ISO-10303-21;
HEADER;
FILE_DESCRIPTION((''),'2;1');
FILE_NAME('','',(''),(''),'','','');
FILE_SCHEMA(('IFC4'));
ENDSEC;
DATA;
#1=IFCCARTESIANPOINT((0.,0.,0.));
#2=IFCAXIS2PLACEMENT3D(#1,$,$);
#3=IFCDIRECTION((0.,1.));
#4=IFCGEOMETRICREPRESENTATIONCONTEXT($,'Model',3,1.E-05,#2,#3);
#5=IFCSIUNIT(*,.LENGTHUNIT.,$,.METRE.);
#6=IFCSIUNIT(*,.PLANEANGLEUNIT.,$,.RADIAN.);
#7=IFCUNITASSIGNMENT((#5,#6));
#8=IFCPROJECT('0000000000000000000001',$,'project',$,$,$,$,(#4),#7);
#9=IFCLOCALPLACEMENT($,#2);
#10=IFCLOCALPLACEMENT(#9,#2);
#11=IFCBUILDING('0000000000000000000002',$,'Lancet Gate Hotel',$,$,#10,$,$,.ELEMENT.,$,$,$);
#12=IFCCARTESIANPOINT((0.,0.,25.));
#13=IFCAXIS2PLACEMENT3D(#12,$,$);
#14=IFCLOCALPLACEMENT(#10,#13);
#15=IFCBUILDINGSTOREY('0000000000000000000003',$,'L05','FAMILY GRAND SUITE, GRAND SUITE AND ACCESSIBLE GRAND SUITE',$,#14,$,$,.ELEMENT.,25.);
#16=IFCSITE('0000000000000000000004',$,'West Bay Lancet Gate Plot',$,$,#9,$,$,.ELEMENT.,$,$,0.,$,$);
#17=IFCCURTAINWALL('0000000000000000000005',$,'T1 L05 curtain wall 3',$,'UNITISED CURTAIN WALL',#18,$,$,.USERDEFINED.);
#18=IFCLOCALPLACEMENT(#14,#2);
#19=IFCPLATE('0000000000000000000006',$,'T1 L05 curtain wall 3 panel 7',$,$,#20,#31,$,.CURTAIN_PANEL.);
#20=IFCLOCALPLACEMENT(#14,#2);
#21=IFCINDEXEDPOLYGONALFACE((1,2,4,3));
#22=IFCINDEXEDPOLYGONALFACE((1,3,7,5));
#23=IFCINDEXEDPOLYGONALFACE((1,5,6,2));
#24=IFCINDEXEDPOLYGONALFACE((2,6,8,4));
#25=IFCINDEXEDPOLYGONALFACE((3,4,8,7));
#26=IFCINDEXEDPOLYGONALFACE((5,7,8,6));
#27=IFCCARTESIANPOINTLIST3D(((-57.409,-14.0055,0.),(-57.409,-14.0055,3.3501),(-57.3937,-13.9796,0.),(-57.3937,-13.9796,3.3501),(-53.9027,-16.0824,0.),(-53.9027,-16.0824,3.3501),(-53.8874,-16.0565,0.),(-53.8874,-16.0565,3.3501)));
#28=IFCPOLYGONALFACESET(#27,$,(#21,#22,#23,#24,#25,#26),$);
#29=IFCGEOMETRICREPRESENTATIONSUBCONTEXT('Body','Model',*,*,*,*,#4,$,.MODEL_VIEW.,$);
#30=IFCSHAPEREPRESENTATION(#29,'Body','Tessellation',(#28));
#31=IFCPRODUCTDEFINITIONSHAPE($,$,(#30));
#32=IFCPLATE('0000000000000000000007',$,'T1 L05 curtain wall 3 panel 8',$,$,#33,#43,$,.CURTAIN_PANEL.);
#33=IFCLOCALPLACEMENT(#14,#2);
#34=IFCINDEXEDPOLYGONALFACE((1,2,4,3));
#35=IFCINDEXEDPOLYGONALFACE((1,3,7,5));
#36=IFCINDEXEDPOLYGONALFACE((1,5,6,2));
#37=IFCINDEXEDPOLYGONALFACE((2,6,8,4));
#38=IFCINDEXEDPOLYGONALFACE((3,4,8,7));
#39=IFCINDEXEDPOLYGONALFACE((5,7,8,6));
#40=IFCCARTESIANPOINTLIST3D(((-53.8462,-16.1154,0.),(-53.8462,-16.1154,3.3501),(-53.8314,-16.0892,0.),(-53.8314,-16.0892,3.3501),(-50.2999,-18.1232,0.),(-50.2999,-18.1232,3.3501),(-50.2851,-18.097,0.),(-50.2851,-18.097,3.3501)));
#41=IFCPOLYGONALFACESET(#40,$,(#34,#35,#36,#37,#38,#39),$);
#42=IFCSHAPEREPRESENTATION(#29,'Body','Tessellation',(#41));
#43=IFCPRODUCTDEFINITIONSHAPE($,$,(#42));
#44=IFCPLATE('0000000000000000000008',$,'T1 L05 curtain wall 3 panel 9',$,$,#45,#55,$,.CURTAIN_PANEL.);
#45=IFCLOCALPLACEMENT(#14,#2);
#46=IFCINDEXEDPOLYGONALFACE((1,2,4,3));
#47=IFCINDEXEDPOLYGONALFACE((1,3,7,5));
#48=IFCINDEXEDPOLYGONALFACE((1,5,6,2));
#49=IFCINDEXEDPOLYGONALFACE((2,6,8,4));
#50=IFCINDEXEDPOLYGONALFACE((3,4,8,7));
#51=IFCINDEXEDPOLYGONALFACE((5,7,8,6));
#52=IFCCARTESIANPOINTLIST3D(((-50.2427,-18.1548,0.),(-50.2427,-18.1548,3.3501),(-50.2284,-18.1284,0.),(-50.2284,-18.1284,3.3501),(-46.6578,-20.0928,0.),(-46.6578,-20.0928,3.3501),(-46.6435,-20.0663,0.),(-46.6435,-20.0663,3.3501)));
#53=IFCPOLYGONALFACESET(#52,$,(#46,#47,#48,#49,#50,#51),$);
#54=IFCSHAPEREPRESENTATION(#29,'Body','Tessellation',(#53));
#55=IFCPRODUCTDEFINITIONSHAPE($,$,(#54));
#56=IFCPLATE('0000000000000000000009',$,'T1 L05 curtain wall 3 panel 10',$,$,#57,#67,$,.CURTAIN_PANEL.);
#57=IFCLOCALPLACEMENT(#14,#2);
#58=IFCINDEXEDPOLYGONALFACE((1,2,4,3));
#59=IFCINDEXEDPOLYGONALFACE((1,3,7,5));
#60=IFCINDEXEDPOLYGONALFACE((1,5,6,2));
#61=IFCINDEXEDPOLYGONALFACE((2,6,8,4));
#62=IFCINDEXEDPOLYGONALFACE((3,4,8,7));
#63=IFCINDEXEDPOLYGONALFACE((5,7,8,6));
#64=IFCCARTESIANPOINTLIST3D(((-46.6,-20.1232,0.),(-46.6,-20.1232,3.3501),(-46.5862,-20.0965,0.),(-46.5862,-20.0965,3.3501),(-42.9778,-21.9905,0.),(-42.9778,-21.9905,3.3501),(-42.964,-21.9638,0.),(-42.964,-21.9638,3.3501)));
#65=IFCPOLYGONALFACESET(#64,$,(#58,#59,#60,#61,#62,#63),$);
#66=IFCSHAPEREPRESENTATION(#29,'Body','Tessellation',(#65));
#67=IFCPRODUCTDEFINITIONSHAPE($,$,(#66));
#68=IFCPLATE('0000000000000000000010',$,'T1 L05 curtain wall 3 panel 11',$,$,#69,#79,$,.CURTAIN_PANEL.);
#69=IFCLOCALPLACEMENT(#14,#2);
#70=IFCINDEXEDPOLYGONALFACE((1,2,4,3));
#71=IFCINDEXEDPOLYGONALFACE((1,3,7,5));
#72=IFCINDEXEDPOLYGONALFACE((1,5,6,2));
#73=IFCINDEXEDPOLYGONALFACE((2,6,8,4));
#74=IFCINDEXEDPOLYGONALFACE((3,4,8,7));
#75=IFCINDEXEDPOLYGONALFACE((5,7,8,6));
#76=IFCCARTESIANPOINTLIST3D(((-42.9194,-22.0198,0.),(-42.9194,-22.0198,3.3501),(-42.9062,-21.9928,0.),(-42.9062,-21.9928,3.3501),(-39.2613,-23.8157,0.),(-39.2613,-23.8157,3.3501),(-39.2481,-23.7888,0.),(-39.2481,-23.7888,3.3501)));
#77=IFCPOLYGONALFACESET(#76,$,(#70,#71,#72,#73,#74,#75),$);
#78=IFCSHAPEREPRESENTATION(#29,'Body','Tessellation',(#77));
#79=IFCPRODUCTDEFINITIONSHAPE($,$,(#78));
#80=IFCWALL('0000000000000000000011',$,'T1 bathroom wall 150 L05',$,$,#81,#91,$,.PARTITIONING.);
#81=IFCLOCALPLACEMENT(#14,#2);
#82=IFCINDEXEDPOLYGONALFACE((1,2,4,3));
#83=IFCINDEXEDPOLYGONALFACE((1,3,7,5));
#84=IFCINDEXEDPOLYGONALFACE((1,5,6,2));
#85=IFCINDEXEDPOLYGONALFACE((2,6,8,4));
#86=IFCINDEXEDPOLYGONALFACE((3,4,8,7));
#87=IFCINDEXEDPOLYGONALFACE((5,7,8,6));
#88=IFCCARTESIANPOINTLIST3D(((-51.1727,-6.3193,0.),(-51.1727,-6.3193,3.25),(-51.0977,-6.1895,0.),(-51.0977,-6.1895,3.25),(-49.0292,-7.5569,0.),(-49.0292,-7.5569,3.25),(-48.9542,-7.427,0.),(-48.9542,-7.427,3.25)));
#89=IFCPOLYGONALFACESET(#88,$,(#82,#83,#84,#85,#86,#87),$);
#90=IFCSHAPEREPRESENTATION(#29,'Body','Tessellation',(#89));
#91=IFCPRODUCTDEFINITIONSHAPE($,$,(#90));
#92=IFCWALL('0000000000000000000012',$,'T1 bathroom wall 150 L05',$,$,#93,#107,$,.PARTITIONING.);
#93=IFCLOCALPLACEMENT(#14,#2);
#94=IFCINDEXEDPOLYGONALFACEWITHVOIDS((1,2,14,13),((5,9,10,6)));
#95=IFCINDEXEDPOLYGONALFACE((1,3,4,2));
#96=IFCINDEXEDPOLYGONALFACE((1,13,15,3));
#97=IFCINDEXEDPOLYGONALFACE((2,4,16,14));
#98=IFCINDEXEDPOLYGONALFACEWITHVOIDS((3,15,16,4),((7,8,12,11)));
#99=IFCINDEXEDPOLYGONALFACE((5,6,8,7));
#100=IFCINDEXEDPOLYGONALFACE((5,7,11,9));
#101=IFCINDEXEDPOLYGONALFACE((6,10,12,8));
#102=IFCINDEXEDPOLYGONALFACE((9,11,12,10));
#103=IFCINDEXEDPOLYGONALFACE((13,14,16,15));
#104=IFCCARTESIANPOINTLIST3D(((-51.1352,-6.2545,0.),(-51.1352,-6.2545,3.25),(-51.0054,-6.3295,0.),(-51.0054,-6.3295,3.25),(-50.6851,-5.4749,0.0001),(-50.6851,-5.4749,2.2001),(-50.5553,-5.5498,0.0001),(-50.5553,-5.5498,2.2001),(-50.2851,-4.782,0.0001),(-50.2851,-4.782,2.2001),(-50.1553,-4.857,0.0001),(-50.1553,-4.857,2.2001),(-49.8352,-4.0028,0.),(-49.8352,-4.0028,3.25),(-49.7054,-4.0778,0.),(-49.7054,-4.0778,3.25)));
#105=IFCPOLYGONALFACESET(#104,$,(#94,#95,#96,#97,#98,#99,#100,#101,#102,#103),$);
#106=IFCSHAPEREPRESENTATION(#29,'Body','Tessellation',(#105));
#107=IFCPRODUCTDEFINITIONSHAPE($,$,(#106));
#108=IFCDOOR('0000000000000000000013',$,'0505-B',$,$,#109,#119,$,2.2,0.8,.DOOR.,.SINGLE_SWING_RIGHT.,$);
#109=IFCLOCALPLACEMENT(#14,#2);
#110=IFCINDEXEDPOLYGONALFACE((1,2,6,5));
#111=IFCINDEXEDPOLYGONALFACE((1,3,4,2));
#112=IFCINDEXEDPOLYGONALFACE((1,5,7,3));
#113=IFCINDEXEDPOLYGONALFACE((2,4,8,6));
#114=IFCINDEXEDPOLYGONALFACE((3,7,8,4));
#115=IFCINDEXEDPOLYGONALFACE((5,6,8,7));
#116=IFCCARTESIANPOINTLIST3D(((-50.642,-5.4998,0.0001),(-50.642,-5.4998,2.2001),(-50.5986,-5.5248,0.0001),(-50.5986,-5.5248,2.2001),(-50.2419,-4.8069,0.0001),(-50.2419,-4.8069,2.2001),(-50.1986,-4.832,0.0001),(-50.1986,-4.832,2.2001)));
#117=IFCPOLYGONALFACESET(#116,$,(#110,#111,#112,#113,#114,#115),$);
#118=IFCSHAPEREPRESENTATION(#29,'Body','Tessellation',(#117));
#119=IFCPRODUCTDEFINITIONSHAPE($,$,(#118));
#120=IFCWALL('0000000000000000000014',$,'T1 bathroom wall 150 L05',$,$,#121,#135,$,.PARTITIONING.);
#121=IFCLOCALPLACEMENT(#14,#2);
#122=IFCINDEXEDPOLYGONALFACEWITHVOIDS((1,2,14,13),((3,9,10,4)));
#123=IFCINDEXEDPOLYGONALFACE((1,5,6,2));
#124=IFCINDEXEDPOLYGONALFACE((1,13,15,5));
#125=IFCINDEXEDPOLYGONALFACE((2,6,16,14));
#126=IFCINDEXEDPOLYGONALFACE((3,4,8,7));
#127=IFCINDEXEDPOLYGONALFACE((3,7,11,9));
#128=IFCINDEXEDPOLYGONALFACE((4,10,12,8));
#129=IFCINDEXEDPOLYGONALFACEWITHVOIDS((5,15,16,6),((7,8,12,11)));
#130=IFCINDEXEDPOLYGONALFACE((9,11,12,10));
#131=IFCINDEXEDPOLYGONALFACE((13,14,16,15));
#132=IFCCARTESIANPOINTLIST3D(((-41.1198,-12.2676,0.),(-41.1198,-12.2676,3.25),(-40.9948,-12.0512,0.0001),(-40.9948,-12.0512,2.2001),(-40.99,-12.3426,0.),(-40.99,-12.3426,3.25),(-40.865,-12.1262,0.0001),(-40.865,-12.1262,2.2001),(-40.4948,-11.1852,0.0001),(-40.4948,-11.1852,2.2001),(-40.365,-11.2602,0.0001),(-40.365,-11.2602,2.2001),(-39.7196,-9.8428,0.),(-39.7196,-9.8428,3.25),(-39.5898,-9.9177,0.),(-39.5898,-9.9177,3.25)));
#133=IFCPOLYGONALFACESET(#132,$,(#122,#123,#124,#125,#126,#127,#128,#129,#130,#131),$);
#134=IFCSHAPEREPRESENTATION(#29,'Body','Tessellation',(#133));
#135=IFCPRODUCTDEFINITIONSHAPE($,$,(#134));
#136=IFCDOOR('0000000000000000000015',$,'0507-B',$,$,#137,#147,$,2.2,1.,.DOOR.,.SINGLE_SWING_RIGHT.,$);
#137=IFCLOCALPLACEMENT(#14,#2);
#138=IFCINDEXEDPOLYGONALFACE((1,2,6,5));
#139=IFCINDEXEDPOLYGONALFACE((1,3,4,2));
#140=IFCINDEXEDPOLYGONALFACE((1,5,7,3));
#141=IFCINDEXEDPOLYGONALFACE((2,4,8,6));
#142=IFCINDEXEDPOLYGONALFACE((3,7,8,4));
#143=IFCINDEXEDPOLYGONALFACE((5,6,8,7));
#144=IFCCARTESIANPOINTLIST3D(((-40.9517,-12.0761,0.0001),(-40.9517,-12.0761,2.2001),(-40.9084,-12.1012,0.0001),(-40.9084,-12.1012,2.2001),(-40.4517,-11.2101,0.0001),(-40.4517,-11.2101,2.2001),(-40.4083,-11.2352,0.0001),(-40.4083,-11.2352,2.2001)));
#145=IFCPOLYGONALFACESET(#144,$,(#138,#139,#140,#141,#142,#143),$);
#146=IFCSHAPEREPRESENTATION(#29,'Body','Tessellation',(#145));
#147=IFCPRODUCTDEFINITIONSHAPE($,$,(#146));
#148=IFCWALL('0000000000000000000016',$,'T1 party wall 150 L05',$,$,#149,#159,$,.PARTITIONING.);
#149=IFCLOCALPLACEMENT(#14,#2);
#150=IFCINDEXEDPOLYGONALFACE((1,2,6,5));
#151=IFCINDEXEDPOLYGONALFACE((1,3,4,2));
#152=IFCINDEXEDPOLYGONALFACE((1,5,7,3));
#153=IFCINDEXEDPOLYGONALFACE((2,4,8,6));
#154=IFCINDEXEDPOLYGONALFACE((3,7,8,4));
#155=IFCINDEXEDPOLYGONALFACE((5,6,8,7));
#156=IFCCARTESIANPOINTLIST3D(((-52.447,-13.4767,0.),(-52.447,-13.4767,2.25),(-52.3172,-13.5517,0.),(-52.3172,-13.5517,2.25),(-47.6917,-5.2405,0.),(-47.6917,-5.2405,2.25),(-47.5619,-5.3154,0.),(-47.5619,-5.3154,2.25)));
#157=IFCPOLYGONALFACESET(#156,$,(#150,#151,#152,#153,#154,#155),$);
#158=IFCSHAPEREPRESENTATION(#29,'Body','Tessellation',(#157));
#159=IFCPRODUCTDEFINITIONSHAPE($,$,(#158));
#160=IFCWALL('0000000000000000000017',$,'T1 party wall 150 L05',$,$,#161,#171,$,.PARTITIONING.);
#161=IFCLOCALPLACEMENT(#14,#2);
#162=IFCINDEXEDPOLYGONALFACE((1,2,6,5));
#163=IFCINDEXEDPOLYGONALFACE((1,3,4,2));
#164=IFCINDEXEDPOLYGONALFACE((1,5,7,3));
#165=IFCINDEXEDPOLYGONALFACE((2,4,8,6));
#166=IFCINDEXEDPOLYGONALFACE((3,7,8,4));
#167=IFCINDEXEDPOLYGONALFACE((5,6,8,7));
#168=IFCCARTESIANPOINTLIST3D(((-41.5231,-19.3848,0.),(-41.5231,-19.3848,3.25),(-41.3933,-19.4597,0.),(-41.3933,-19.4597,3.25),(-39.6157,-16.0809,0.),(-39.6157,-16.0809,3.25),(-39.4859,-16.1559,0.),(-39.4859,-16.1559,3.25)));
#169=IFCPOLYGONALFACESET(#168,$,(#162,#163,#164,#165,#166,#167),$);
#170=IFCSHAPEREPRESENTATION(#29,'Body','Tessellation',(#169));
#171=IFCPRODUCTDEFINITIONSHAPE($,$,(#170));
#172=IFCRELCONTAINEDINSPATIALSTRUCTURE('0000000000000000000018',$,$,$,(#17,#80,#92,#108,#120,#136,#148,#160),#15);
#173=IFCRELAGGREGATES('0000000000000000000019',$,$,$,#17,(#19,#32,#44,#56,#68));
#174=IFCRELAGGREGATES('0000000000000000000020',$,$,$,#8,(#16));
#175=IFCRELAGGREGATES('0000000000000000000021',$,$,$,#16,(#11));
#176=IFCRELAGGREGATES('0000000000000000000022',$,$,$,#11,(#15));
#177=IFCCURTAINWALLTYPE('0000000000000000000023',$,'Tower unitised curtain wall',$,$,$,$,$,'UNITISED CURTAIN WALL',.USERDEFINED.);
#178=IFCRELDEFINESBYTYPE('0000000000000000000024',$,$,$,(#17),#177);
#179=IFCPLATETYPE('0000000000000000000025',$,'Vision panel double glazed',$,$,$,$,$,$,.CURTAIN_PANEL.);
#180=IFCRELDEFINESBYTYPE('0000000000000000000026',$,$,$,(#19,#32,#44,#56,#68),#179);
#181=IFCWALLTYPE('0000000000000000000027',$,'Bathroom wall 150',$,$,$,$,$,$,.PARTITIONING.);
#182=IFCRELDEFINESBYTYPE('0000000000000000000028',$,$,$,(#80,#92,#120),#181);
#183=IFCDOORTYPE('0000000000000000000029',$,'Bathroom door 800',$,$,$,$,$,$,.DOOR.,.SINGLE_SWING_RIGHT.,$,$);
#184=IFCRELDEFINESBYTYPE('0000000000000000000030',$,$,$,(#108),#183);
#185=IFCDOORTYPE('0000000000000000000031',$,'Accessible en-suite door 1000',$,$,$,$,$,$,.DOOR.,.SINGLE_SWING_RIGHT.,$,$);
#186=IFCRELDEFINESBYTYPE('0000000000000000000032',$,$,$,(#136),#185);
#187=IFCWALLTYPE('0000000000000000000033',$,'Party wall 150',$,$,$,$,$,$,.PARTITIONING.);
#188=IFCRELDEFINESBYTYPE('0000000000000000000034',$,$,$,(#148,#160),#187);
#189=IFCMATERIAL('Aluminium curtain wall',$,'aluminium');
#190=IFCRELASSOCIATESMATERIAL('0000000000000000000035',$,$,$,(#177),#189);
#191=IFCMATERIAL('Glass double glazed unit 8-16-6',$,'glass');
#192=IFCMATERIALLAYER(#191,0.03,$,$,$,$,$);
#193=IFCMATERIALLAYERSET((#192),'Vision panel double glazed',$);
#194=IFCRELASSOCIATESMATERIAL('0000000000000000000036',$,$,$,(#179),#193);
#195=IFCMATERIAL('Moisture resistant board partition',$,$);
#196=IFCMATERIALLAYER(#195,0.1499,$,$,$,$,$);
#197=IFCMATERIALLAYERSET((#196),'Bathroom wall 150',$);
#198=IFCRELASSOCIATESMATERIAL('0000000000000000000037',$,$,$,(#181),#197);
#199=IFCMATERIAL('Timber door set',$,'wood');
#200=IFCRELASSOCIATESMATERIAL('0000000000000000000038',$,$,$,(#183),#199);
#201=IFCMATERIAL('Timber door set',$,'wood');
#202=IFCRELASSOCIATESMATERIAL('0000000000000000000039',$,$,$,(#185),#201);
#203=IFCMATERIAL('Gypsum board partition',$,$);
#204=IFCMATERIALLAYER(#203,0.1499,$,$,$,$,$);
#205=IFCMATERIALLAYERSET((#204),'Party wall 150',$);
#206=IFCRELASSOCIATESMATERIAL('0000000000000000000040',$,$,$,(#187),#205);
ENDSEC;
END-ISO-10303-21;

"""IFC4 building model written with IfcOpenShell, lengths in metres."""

from ifc_helpers import new_model, si_unit, direction, frame, frame_2d, origin, origin_2d, place, context, subcontext, project, spatial, rectangle, extrude, material, layer, layer_set, type_object, element, fill, aggregate, save


model = new_model("IFC4")

# Units and contexts
model_context = context("Model", 3, precision=1e-05, world=origin(), true_north=direction((0.0, 1.0)))
body_context = subcontext(model_context, "Body", "Model", "MODEL_VIEW")
ifc_project = project(units=[si_unit("LENGTHUNIT", "METRE"), si_unit("PLANEANGLEUNIT", "RADIAN")], contexts=[model_context])

# Site, building, storey
site_placement = place(None, origin())
site = spatial("IfcSite", under=ifc_project, at=site_placement, Name="West Bay Lancet Gate Plot", CompositionType="ELEMENT", RefElevation=0.0)
building_placement = place(site_placement, origin())
building = spatial("IfcBuilding", under=site, at=building_placement, Name="Lancet Gate Hotel", CompositionType="ELEMENT")
storey_placement = place(building_placement, frame((0.0, 0.0, 25.0)))
storey = spatial("IfcBuildingStorey", under=building, at=storey_placement, Name="L05", Description="FAMILY GRAND SUITE, GRAND SUITE AND ACCESSIBLE GRAND SUITE", CompositionType="ELEMENT", Elevation=25.0)

# Curtain wall
ifc_material_1 = material(Name="Aluminium curtain wall", Category="aluminium")
curtain_wall_type = type_object("IfcCurtainWallType", Name="Tower unitised curtain wall", ElementType="UNITISED CURTAIN WALL", PredefinedType="USERDEFINED", material=ifc_material_1)
curtain_wall_placement = place(storey_placement, origin())
curtain_wall = element("IfcCurtainWall", 1, at=curtain_wall_placement, inside=storey, type_object=curtain_wall_type, Name="T1 L05 curtain wall 3", ObjectType="UNITISED CURTAIN WALL", PredefinedType="USERDEFINED")

# Plates
ifc_material_2 = material(Name="Glass double glazed unit 8-16-6", Category="glass")
ifc_layer_1 = layer(ifc_material_2, 0.03)
ifc_layer_set_1 = layer_set([ifc_layer_1], Name="Vision panel double glazed")
plate_type = type_object("IfcPlateType", Name="Vision panel double glazed", PredefinedType="CURTAIN_PANEL", material=ifc_layer_set_1)
plate_1_placement = place(storey_placement, frame((-55.6482, -15.031, 0.0), z_axis=(0.0, 0.0, 1.0), x_axis=(0.860382, -0.50965, 0.0)))
plate_1 = element("IfcPlate", 2, at=plate_1_placement, type_object=plate_type, Name="T1 L05 curtain wall 3 panel 7", PredefinedType="CURTAIN_PANEL", context=body_context, shape_type="SweptSolid", body=[
    extrude(rectangle(XDim=4.0752, YDim=0.03, at=origin_2d()), origin(), (0.0, 0.0, 1.0), 3.3501),
])
plate_2_placement = place(storey_placement, frame((-52.0657, -17.1062, 0.0), z_axis=(0.0, 0.0, 1.0), x_axis=(0.870205, -0.49269, 0.0)))
plate_2 = element("IfcPlate", 3, at=plate_2_placement, type_object=plate_type, Name="T1 L05 curtain wall 3 panel 8", PredefinedType="CURTAIN_PANEL", context=body_context, shape_type="SweptSolid", body=[
    extrude(rectangle(XDim=4.0752, YDim=0.03, at=origin_2d()), origin(), (0.0, 0.0, 1.0), 3.3501),
])
plate_3_placement = place(storey_placement, frame((-48.4431, -19.1106, 0.0), z_axis=(0.0, 0.0, 1.0), x_axis=(0.879693, -0.475541, 0.0)))
plate_3 = element("IfcPlate", 4, at=plate_3_placement, type_object=plate_type, Name="T1 L05 curtain wall 3 panel 9", PredefinedType="CURTAIN_PANEL", context=body_context, shape_type="SweptSolid", body=[
    extrude(rectangle(XDim=4.0752, YDim=0.03, at=origin_2d()), origin(), (0.0, 0.0, 1.0), 3.3501),
])
plate_4_placement = place(storey_placement, frame((-44.782, -21.0435, 0.0), z_axis=(0.0, 0.0, 1.0), x_axis=(0.888844, -0.45821, 0.0)))
plate_4 = element("IfcPlate", 5, at=plate_4_placement, type_object=plate_type, Name="T1 L05 curtain wall 3 panel 10", PredefinedType="CURTAIN_PANEL", context=body_context, shape_type="SweptSolid", body=[
    extrude(rectangle(XDim=4.0752, YDim=0.03, at=origin_2d()), origin(), (0.0, 0.0, 1.0), 3.3501),
])
plate_5_placement = place(storey_placement, frame((-41.0837, -22.9043, 0.0), z_axis=(0.0, 0.0, 1.0), x_axis=(0.897653, -0.440702, 0.0)))
plate_5 = element("IfcPlate", 6, at=plate_5_placement, type_object=plate_type, Name="T1 L05 curtain wall 3 panel 11", PredefinedType="CURTAIN_PANEL", context=body_context, shape_type="SweptSolid", body=[
    extrude(rectangle(XDim=4.0752, YDim=0.03, at=origin_2d()), origin(), (0.0, 0.0, 1.0), 3.3501),
])
aggregate(curtain_wall, [plate_1, plate_2, plate_3, plate_4, plate_5])

# Wall
ifc_material_3 = material(Name="Moisture resistant board partition")
ifc_layer_2 = layer(ifc_material_3, 0.1499)
ifc_layer_set_2 = layer_set([ifc_layer_2], Name="Bathroom wall 150")
wall_type_1 = type_object("IfcWallType", Name="Bathroom wall 150", PredefinedType="PARTITIONING", material=ifc_layer_set_2)
wall_1_placement = place(storey_placement, frame((-48.9917, -7.4919, 0.0), z_axis=(0.0, 0.0, 1.0), x_axis=(-0.866031, 0.49999, 0.0)))
element("IfcWall", 7, at=wall_1_placement, inside=storey, type_object=wall_type_1, Name="T1 bathroom wall 150 L05", PredefinedType="PARTITIONING", context=body_context, shape_type="SweptSolid", body=[
    extrude(rectangle(XDim=2.4751, YDim=0.1499, at=frame_2d((1.2375, 0.0))), origin(), (0.0, 0.0, 1.0), 3.25),
])

# Walls, openings, doors
wall_2_placement = place(storey_placement, frame((-49.7703, -4.0403, 0.0), z_axis=(0.0, 0.0, 1.0), x_axis=(-0.500007, -0.866021, 0.0)))
wall_2 = element("IfcWall", 8, at=wall_2_placement, inside=storey, type_object=wall_type_1, Name="T1 bathroom wall 150 L05", PredefinedType="PARTITIONING", context=body_context, shape_type="SweptSolid", body=[
    extrude(rectangle(XDim=2.6001, YDim=0.1499, at=frame_2d((1.3, 0.0))), origin(), (0.0, 0.0, 1.0), 3.25),
])
opening_1_placement = place(wall_2_placement, frame((0.8999, 0.0, 0.0)))
opening_1 = element("IfcOpeningElement", 9, at=opening_1_placement, cuts=wall_2, PredefinedType="OPENING", context=body_context, shape_type="SweptSolid", body=[
    extrude(rectangle(XDim=0.8, YDim=2.2, at=frame_2d((0.3999, 1.1001))), frame((0.0, 0.085, 0.0), z_axis=(0.0, -1.0, 0.0), x_axis=(1.0, 0.0, 0.0)), (0.0, 0.0, 1.0), 0.1699),
])
ifc_material_4 = material(Name="Timber door set", Category="wood")
door_type_1 = type_object("IfcDoorType", Name="Bathroom door 800", OperationType="SINGLE_SWING_RIGHT", PredefinedType="DOOR", material=ifc_material_4)
door_1_placement = place(opening_1_placement, origin())
door_1 = element("IfcDoor", 10, at=door_1_placement, inside=storey, type_object=door_type_1, Name="0505-B", OperationType="SINGLE_SWING_RIGHT", OverallHeight=2.2, OverallWidth=0.8, PredefinedType="DOOR", context=body_context, shape_type="SweptSolid", body=[
    extrude(rectangle(XDim=0.8, YDim=2.2, at=frame_2d((0.3999, 1.1001))), frame((0.0, 0.0249, 0.0), z_axis=(0.0, -1.0, 0.0), x_axis=(1.0, 0.0, 0.0)), (0.0, 0.0, 1.0), 0.05),
])
fill(opening_1, door_1)
wall_3_placement = place(storey_placement, frame((-39.6548, -9.8804, 0.0), z_axis=(0.0, 0.0, 1.0), x_axis=(-0.50005, -0.865997, 0.0)))
wall_3 = element("IfcWall", 11, at=wall_3_placement, inside=storey, type_object=wall_type_1, Name="T1 bathroom wall 150 L05", PredefinedType="PARTITIONING", context=body_context, shape_type="SweptSolid", body=[
    extrude(rectangle(XDim=2.8, YDim=0.1499, at=frame_2d((1.3999, 0.0))), origin(), (0.0, 0.0, 1.0), 3.25),
])
opening_2_placement = place(wall_3_placement, frame((1.55, 0.0, 0.0)))
opening_2 = element("IfcOpeningElement", 12, at=opening_2_placement, cuts=wall_3, PredefinedType="OPENING", context=body_context, shape_type="SweptSolid", body=[
    extrude(rectangle(XDim=1.0, YDim=2.2, at=frame_2d((0.5, 1.1001))), frame((0.0, 0.085, 0.0), z_axis=(0.0, -1.0, 0.0), x_axis=(1.0, 0.0, 0.0)), (0.0, 0.0, 1.0), 0.1699),
])
ifc_material_5 = material(Name="Timber door set", Category="wood")
door_type_2 = type_object("IfcDoorType", Name="Accessible en-suite door 1000", OperationType="SINGLE_SWING_RIGHT", PredefinedType="DOOR", material=ifc_material_5)
door_2_placement = place(opening_2_placement, origin())
door_2 = element("IfcDoor", 13, at=door_2_placement, inside=storey, type_object=door_type_2, Name="0507-B", OperationType="SINGLE_SWING_RIGHT", OverallHeight=2.2, OverallWidth=1.0, PredefinedType="DOOR", context=body_context, shape_type="SweptSolid", body=[
    extrude(rectangle(XDim=1.0, YDim=2.2, at=frame_2d((0.5, 1.1001))), frame((0.0, 0.0249, 0.0), z_axis=(0.0, -1.0, 0.0), x_axis=(1.0, 0.0, 0.0)), (0.0, 0.0, 1.0), 0.05),
])
fill(opening_2, door_2)

# Walls
ifc_material_6 = material(Name="Gypsum board partition")
ifc_layer_3 = layer(ifc_material_6, 0.1499)
ifc_layer_set_3 = layer_set([ifc_layer_3], Name="Party wall 150")
wall_type_2 = type_object("IfcWallType", Name="Party wall 150", PredefinedType="PARTITIONING", material=ifc_layer_set_3)
wall_4_placement = place(storey_placement, frame((-47.6267, -5.2778, 0.0), z_axis=(0.0, 0.0, 1.0), x_axis=(-0.50001, -0.86602, 0.0)))
element("IfcWall", 14, at=wall_4_placement, inside=storey, type_object=wall_type_2, Name="T1 party wall 150 L05", PredefinedType="PARTITIONING", context=body_context, shape_type="SweptSolid", body=[
    extrude(rectangle(XDim=9.5105, YDim=0.1499, at=frame_2d((4.7554, 0.0))), origin(), (0.0, 0.0, 1.0), 2.25),
])
wall_5_placement = place(storey_placement, frame((-39.5508, -16.1184, 0.0), z_axis=(0.0, 0.0, 1.0), x_axis=(-0.499987, -0.866033, 0.0)))
element("IfcWall", 15, at=wall_5_placement, inside=storey, type_object=wall_type_2, Name="T1 party wall 150 L05", PredefinedType="PARTITIONING", context=body_context, shape_type="SweptSolid", body=[
    extrude(rectangle(XDim=3.8149, YDim=0.1499, at=frame_2d((1.9075, 0.0))), origin(), (0.0, 0.0, 1.0), 3.25),
])

save(model, "model.ifc")
